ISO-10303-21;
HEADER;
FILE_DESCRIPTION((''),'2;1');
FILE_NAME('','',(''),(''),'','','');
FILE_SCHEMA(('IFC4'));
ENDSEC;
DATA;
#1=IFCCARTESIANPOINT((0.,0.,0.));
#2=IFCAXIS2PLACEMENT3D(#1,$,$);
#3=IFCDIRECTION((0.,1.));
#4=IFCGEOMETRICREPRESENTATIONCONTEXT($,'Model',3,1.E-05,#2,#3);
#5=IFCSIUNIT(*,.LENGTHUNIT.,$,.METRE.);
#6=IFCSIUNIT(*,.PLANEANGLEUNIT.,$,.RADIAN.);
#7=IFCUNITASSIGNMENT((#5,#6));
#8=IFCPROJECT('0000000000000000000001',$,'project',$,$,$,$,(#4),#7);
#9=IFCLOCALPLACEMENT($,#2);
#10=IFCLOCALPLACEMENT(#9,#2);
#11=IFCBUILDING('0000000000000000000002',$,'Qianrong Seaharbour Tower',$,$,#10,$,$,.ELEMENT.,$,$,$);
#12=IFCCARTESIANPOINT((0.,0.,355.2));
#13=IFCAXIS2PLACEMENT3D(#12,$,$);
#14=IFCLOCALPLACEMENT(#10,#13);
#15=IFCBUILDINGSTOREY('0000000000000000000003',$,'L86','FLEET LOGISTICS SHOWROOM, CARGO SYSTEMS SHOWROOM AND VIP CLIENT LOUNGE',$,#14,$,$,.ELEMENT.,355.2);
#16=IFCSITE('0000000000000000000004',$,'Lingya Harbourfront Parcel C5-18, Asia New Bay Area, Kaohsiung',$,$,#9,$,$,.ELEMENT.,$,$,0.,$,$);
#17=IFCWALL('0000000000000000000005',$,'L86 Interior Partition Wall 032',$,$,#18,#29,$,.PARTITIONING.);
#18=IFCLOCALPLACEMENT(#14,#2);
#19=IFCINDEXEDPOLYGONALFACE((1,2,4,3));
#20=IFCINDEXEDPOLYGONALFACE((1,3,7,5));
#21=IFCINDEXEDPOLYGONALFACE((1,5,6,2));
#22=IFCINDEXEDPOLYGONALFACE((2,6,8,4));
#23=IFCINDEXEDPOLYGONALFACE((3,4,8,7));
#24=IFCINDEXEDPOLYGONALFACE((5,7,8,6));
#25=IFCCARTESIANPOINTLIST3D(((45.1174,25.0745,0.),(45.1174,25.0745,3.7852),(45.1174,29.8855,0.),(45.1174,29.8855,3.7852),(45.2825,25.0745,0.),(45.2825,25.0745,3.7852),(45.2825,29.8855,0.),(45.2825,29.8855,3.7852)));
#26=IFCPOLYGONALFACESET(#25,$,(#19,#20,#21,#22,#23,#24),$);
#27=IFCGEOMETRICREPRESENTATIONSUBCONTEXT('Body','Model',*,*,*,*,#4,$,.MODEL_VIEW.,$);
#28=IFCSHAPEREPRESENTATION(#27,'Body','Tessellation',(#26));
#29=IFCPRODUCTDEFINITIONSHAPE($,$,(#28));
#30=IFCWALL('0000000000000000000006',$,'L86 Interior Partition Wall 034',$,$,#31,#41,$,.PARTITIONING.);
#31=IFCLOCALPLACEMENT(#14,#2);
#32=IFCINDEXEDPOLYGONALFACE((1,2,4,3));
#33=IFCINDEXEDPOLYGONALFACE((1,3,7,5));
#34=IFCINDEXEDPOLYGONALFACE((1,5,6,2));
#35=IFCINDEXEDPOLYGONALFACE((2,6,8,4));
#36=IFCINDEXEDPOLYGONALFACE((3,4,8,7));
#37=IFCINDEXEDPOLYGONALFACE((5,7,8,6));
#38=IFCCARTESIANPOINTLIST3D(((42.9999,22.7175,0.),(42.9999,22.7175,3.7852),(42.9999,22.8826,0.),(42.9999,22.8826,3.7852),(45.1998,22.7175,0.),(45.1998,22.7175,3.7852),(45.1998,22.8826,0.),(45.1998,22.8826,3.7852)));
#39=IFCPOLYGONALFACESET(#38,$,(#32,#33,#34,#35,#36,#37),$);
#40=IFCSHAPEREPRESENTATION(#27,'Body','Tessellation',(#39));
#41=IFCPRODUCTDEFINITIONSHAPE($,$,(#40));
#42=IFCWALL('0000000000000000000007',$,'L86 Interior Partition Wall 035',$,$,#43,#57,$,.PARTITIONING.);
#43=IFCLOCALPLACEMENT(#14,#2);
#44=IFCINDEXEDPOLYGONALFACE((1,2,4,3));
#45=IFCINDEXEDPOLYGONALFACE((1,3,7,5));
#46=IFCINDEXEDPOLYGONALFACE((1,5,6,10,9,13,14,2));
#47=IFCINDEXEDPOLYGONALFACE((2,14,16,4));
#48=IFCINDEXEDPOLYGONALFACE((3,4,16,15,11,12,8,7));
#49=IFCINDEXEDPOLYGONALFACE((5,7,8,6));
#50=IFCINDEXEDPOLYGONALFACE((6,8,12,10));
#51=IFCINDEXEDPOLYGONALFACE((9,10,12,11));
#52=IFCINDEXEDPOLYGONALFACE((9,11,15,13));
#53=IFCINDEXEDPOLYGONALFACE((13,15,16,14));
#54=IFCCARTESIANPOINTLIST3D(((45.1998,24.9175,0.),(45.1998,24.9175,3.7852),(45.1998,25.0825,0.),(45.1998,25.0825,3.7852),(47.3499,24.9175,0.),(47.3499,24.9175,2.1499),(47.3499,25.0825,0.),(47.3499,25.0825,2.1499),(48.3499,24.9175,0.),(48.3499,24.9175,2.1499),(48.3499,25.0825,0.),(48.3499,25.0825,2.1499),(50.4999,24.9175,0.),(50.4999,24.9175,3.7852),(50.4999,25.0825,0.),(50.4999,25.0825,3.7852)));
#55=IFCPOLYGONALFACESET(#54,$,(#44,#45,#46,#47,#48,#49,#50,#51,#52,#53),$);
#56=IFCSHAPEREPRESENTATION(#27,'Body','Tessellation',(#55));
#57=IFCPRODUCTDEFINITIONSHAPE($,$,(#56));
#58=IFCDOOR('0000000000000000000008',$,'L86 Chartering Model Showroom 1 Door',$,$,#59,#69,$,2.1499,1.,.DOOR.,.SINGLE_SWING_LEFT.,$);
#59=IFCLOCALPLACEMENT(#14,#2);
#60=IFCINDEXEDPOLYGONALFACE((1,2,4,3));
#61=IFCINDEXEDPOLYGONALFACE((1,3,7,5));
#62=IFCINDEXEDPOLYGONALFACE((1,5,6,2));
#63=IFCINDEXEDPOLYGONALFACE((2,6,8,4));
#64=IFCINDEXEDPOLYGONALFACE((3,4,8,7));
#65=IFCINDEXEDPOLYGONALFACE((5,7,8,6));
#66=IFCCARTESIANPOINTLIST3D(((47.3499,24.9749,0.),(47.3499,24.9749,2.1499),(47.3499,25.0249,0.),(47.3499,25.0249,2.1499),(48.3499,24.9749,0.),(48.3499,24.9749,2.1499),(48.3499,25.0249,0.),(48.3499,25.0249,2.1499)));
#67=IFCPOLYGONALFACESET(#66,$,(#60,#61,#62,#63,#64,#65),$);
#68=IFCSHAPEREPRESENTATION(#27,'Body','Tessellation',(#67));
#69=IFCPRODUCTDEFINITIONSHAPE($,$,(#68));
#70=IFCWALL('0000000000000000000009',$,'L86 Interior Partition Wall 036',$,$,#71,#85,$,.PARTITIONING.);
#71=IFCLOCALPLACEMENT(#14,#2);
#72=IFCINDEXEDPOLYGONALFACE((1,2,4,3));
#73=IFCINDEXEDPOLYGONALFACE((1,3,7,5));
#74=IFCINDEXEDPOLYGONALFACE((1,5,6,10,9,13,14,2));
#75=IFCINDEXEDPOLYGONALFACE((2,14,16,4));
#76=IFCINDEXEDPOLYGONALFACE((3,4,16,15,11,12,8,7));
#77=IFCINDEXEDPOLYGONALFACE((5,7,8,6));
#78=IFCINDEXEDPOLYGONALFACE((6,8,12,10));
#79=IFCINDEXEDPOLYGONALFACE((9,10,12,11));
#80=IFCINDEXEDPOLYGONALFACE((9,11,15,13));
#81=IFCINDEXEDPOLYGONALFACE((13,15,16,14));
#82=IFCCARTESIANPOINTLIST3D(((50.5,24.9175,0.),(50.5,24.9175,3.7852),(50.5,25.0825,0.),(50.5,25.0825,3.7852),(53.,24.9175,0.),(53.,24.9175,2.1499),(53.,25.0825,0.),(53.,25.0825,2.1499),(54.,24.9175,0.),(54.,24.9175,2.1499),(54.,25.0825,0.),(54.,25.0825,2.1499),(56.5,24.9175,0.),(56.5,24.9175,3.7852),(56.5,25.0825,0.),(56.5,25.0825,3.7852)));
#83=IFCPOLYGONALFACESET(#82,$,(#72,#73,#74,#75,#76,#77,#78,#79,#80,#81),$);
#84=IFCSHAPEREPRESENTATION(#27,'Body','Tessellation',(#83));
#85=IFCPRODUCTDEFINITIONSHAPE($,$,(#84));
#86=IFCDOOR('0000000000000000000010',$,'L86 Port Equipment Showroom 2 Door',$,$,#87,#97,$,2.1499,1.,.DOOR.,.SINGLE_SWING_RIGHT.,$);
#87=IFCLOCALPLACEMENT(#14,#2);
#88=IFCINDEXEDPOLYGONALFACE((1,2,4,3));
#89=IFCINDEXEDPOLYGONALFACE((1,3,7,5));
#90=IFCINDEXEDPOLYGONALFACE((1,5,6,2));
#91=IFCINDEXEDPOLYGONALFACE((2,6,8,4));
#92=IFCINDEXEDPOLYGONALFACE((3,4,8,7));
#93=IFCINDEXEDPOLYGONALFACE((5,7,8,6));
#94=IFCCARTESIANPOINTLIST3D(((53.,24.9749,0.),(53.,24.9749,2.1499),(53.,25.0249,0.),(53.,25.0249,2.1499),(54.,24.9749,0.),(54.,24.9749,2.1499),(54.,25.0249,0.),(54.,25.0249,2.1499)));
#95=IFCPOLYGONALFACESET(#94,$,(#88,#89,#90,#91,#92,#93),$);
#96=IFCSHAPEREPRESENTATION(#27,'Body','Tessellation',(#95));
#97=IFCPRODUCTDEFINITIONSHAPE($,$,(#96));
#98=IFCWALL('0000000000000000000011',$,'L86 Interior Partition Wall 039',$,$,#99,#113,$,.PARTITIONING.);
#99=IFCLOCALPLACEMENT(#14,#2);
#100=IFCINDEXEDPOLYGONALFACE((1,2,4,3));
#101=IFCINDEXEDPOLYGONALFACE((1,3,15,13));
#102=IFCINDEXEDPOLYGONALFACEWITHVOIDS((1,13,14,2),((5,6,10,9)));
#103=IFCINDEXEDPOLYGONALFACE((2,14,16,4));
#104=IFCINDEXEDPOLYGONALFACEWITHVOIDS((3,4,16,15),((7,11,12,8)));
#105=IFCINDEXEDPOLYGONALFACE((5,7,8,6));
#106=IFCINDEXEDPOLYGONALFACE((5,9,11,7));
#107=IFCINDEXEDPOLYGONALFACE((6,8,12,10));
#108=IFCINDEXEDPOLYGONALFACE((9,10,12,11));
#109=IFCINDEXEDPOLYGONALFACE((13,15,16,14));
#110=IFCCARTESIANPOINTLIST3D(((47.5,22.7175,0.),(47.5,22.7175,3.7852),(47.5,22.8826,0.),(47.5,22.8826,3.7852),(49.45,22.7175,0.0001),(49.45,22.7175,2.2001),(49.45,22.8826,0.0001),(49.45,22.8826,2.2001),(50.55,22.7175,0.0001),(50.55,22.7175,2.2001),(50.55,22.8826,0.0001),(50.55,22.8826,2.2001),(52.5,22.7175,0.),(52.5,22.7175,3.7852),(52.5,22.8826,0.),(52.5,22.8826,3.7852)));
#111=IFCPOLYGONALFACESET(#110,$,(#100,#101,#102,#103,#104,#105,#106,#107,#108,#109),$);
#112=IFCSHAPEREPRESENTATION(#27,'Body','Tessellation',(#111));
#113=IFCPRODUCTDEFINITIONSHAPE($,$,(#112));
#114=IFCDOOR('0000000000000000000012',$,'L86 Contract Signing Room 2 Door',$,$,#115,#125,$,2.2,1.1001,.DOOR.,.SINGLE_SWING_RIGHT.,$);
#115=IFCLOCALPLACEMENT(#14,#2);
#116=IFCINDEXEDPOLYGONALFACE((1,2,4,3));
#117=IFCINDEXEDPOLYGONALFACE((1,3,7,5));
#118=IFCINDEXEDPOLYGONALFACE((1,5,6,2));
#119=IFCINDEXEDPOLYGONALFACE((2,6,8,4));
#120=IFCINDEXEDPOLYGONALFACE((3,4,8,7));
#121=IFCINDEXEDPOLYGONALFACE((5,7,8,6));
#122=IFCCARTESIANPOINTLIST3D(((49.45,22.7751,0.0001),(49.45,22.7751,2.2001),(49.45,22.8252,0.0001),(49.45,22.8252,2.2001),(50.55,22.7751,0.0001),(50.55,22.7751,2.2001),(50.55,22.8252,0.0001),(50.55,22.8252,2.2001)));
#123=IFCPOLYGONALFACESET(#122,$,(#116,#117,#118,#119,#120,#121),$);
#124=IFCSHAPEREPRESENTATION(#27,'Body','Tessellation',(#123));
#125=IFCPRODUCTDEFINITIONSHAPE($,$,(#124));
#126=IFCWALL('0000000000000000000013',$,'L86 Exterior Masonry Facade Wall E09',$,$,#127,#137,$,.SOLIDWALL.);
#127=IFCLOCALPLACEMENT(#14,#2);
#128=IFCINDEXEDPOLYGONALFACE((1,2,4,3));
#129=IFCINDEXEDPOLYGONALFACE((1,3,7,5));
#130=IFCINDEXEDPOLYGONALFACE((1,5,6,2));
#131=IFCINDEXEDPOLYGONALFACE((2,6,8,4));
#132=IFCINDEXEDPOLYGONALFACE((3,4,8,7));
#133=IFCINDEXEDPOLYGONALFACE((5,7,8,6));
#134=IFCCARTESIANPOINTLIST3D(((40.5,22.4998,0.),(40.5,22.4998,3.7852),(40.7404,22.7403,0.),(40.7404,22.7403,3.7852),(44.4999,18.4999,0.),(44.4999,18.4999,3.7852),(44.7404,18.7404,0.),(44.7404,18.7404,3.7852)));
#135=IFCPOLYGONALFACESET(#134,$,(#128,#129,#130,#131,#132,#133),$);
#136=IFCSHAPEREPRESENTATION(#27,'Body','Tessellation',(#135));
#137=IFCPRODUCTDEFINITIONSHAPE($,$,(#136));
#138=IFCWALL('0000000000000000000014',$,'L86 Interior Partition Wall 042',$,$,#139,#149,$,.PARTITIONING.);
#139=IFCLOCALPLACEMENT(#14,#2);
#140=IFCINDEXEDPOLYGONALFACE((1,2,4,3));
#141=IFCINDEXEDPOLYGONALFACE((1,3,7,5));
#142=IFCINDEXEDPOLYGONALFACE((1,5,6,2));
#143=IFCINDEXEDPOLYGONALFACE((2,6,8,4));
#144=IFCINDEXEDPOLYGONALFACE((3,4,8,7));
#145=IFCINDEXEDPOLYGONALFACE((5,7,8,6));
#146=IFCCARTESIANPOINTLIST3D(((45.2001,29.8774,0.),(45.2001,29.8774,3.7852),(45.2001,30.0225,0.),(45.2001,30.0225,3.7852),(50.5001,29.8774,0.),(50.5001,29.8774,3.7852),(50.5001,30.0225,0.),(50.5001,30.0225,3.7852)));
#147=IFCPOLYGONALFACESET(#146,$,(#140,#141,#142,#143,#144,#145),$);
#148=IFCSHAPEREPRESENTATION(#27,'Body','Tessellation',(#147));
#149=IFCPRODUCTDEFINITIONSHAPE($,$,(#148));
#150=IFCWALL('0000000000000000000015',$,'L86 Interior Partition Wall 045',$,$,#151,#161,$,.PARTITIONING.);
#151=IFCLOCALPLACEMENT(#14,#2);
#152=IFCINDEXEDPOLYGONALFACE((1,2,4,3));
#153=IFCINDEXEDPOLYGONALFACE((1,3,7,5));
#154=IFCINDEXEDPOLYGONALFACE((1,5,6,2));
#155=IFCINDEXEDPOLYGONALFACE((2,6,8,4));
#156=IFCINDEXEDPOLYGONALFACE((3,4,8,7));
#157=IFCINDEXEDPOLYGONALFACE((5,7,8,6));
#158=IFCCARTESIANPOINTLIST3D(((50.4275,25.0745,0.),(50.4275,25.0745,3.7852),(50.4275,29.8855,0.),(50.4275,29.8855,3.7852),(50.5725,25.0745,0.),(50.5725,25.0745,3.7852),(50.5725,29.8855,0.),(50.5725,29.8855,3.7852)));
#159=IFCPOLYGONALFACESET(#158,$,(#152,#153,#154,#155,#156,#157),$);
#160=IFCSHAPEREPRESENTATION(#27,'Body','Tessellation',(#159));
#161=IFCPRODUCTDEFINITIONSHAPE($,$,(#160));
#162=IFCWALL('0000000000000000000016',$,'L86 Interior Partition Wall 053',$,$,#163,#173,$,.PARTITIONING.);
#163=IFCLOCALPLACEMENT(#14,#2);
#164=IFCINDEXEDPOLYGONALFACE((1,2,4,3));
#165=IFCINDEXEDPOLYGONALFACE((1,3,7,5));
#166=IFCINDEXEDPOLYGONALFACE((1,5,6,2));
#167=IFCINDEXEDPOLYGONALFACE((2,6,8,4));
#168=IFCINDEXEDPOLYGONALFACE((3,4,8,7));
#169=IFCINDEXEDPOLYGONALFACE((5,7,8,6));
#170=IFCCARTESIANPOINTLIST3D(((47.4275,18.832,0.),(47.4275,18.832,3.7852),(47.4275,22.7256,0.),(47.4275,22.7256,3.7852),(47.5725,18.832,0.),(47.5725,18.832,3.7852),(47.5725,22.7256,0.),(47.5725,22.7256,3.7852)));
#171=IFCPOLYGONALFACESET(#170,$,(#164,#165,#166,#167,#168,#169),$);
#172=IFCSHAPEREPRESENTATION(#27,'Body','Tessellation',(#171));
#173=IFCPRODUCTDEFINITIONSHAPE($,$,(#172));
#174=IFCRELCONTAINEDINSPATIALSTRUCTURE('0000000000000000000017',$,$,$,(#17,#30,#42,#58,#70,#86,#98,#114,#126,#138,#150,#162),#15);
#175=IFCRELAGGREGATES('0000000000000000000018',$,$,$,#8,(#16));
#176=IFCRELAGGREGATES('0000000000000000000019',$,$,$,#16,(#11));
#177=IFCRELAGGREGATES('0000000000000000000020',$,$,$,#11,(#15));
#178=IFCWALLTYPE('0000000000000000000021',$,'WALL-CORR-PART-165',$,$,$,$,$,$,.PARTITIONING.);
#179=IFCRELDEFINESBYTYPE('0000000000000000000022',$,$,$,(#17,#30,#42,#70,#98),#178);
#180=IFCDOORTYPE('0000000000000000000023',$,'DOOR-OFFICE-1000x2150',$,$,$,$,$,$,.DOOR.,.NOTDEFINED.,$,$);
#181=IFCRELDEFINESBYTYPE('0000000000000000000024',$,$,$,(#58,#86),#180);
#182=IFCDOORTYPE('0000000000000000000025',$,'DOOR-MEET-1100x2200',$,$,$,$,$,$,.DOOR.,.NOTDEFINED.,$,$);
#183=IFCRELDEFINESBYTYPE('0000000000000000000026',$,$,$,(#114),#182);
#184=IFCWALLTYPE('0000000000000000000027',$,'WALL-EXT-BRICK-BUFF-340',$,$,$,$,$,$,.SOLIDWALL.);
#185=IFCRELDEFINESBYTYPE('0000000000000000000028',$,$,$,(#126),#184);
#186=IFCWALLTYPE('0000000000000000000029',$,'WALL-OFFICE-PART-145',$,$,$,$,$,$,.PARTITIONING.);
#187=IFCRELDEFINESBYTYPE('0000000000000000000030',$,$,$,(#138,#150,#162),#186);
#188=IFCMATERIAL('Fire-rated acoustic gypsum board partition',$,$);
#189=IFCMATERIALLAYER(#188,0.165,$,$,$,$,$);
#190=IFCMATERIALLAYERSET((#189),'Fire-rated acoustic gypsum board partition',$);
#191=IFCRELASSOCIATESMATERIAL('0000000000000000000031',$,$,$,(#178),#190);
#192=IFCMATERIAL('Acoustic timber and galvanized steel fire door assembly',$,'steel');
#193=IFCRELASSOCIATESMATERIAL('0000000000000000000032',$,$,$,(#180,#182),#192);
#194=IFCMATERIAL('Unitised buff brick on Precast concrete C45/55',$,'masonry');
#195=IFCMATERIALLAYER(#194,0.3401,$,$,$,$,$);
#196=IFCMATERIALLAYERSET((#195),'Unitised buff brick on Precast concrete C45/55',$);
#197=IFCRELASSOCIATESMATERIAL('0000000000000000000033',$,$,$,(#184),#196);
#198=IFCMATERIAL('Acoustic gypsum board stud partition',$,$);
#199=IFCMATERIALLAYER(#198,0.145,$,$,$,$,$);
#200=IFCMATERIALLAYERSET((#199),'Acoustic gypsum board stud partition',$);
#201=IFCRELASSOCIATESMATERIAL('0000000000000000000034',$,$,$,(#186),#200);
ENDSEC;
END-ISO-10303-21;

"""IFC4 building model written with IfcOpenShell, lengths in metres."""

from ifc_helpers import new_model, si_unit, direction, frame, frame_2d, origin, place, context, subcontext, project, spatial, rectangle, extrude, material, layer, layer_set, type_object, element, fill, save


model = new_model("IFC4")

# Units and contexts
model_context = context("Model", 3, precision=1e-05, world=origin(), true_north=direction((0.0, 1.0)))
body_context = subcontext(model_context, "Body", "Model", "MODEL_VIEW")
ifc_project = project(units=[si_unit("LENGTHUNIT", "METRE"), si_unit("PLANEANGLEUNIT", "RADIAN")], contexts=[model_context])

# Site, building, storey
site_placement = place(None, origin())
site = spatial("IfcSite", under=ifc_project, at=site_placement, Name="Lingya Harbourfront Parcel C5-18, Asia New Bay Area, Kaohsiung", CompositionType="ELEMENT", RefElevation=0.0)
building_placement = place(site_placement, origin())
building = spatial("IfcBuilding", under=site, at=building_placement, Name="Qianrong Seaharbour Tower", CompositionType="ELEMENT")
storey_placement = place(building_placement, frame((0.0, 0.0, 355.2)))
storey = spatial("IfcBuildingStorey", under=building, at=storey_placement, Name="L86", Description="FLEET LOGISTICS SHOWROOM, CARGO SYSTEMS SHOWROOM AND VIP CLIENT LOUNGE", CompositionType="ELEMENT", Elevation=355.2)

# Walls
ifc_material_1 = material(Name="Fire-rated acoustic gypsum board partition")
ifc_layer_1 = layer(ifc_material_1, 0.165)
ifc_layer_set_1 = layer_set([ifc_layer_1], Name="Fire-rated acoustic gypsum board partition")
wall_type_1 = type_object("IfcWallType", Name="WALL-CORR-PART-165", PredefinedType="PARTITIONING", material=ifc_layer_set_1)
wall_1_placement = place(storey_placement, frame((45.2, 29.8855, 0.0), z_axis=(0.0, 0.0, 1.0), x_axis=(0.0, -1.0, 0.0)))
element("IfcWall", 1, at=wall_1_placement, inside=storey, type_object=wall_type_1, Name="L86 Interior Partition Wall 032", PredefinedType="PARTITIONING", context=body_context, shape_type="SweptSolid", body=[
    extrude(rectangle(XDim=4.811, YDim=0.165, at=frame_2d((2.4055, 0.0))), origin(), (0.0, 0.0, 1.0), 3.7852),
])
wall_2_placement = place(storey_placement, frame((45.2, 22.8, 0.0), z_axis=(0.0, 0.0, 1.0), x_axis=(-1.0, 0.0, 0.0)))
element("IfcWall", 2, at=wall_2_placement, inside=storey, type_object=wall_type_1, Name="L86 Interior Partition Wall 034", PredefinedType="PARTITIONING", context=body_context, shape_type="SweptSolid", body=[
    extrude(rectangle(XDim=2.2, YDim=0.165, at=frame_2d((1.1001, 0.0))), origin(), (0.0, 0.0, 1.0), 3.7852),
])

# Walls, openings, doors
wall_3_placement = place(storey_placement, frame((45.2, 25.0, 0.0), z_axis=(0.0, 0.0, 1.0), x_axis=(1.0, 0.0, 0.0)))
wall_3 = element("IfcWall", 3, at=wall_3_placement, inside=storey, type_object=wall_type_1, Name="L86 Interior Partition Wall 035", PredefinedType="PARTITIONING", context=body_context, shape_type="SweptSolid", body=[
    extrude(rectangle(XDim=5.3, YDim=0.165, at=frame_2d((2.6499, 0.0))), origin(), (0.0, 0.0, 1.0), 3.7852),
])
opening_1_placement = place(wall_3_placement, frame((2.1499, 0.0, 0.0)))
opening_1 = element("IfcOpeningElement", 4, at=opening_1_placement, cuts=wall_3, PredefinedType="OPENING", context=body_context, shape_type="SweptSolid", body=[
    extrude(rectangle(XDim=1.0, YDim=2.1499, at=frame_2d((0.5, 1.075))), frame((0.0, 0.0925, 0.0), z_axis=(0.0, -1.0, 0.0), x_axis=(1.0, 0.0, 0.0)), (0.0, 0.0, 1.0), 0.1851),
])
ifc_material_2 = material(Name="Acoustic timber and galvanized steel fire door assembly", Category="steel")
door_type_1 = type_object("IfcDoorType", Name="DOOR-OFFICE-1000x2150", OperationType="NOTDEFINED", PredefinedType="DOOR", material=ifc_material_2)
door_1_placement = place(opening_1_placement, origin())
door_1 = element("IfcDoor", 5, at=door_1_placement, inside=storey, type_object=door_type_1, Name="L86 Chartering Model Showroom 1 Door", OperationType="SINGLE_SWING_LEFT", OverallHeight=2.1499, OverallWidth=1.0, PredefinedType="DOOR", context=body_context, shape_type="SweptSolid", body=[
    extrude(rectangle(XDim=1.0, YDim=2.1499, at=frame_2d((0.5, 1.075))), frame((0.0, 0.0249, 0.0), z_axis=(0.0, -1.0, 0.0), x_axis=(1.0, 0.0, 0.0)), (0.0, 0.0, 1.0), 0.05),
])
fill(opening_1, door_1)
wall_4_placement = place(storey_placement, frame((50.5, 25.0, 0.0), z_axis=(0.0, 0.0, 1.0), x_axis=(1.0, 0.0, 0.0)))
wall_4 = element("IfcWall", 6, at=wall_4_placement, inside=storey, type_object=wall_type_1, Name="L86 Interior Partition Wall 036", PredefinedType="PARTITIONING", context=body_context, shape_type="SweptSolid", body=[
    extrude(rectangle(XDim=6.0, YDim=0.165, at=frame_2d((3.0, 0.0))), origin(), (0.0, 0.0, 1.0), 3.7852),
])
opening_2_placement = place(wall_4_placement, frame((2.5, 0.0, 0.0)))
opening_2 = element("IfcOpeningElement", 7, at=opening_2_placement, cuts=wall_4, PredefinedType="OPENING", context=body_context, shape_type="SweptSolid", body=[
    extrude(rectangle(XDim=1.0, YDim=2.1499, at=frame_2d((0.5, 1.075))), frame((0.0, 0.0925, 0.0), z_axis=(0.0, -1.0, 0.0), x_axis=(1.0, 0.0, 0.0)), (0.0, 0.0, 1.0), 0.1851),
])
door_2_placement = place(opening_2_placement, origin())
door_2 = element("IfcDoor", 8, at=door_2_placement, inside=storey, type_object=door_type_1, Name="L86 Port Equipment Showroom 2 Door", OperationType="SINGLE_SWING_RIGHT", OverallHeight=2.1499, OverallWidth=1.0, PredefinedType="DOOR", context=body_context, shape_type="SweptSolid", body=[
    extrude(rectangle(XDim=1.0, YDim=2.1499, at=frame_2d((0.5, 1.075))), frame((0.0, 0.0249, 0.0), z_axis=(0.0, -1.0, 0.0), x_axis=(1.0, 0.0, 0.0)), (0.0, 0.0, 1.0), 0.05),
])
fill(opening_2, door_2)
wall_5_placement = place(storey_placement, frame((52.5, 22.8, 0.0), z_axis=(0.0, 0.0, 1.0), x_axis=(-1.0, 0.0, 0.0)))
wall_5 = element("IfcWall", 9, at=wall_5_placement, inside=storey, type_object=wall_type_1, Name="L86 Interior Partition Wall 039", PredefinedType="PARTITIONING", context=body_context, shape_type="SweptSolid", body=[
    extrude(rectangle(XDim=5.0, YDim=0.165, at=frame_2d((2.5, 0.0))), origin(), (0.0, 0.0, 1.0), 3.7852),
])
opening_3_placement = place(wall_5_placement, frame((1.95, 0.0, 0.0)))
opening_3 = element("IfcOpeningElement", 10, at=opening_3_placement, cuts=wall_5, PredefinedType="OPENING", context=body_context, shape_type="SweptSolid", body=[
    extrude(rectangle(XDim=1.1001, YDim=2.2, at=frame_2d((0.55, 1.1001))), frame((0.0, 0.0925, 0.0), z_axis=(0.0, -1.0, 0.0), x_axis=(1.0, 0.0, 0.0)), (0.0, 0.0, 1.0), 0.1851),
])
door_type_2 = type_object("IfcDoorType", Name="DOOR-MEET-1100x2200", OperationType="NOTDEFINED", PredefinedType="DOOR", material=ifc_material_2)
door_3_placement = place(opening_3_placement, origin())
door_3 = element("IfcDoor", 11, at=door_3_placement, inside=storey, type_object=door_type_2, Name="L86 Contract Signing Room 2 Door", OperationType="SINGLE_SWING_RIGHT", OverallHeight=2.2, OverallWidth=1.1001, PredefinedType="DOOR", context=body_context, shape_type="SweptSolid", body=[
    extrude(rectangle(XDim=1.1001, YDim=2.2, at=frame_2d((0.55, 1.1001))), frame((0.0, 0.0249, 0.0), z_axis=(0.0, -1.0, 0.0), x_axis=(1.0, 0.0, 0.0)), (0.0, 0.0, 1.0), 0.05),
])
fill(opening_3, door_3)

# Walls
ifc_material_3 = material(Name="Unitised buff brick on Precast concrete C45/55", Category="masonry")
ifc_layer_2 = layer(ifc_material_3, 0.3401)
ifc_layer_set_2 = layer_set([ifc_layer_2], Name="Unitised buff brick on Precast concrete C45/55")
wall_type_2 = type_object("IfcWallType", Name="WALL-EXT-BRICK-BUFF-340", PredefinedType="SOLIDWALL", material=ifc_layer_set_2)
wall_6_placement = place(storey_placement, frame((44.6201, 18.6201, 0.0), z_axis=(0.0, 0.0, 1.0), x_axis=(-0.707107, 0.707107, 0.0)))
element("IfcWall", 12, at=wall_6_placement, inside=storey, type_object=wall_type_2, Name="L86 Exterior Masonry Facade Wall E09", PredefinedType="SOLIDWALL", context=body_context, shape_type="SweptSolid", body=[
    extrude(rectangle(XDim=5.6567, YDim=0.3401, at=frame_2d((2.8284, 0.0))), origin(), (0.0, 0.0, 1.0), 3.7852),
])
ifc_material_4 = material(Name="Acoustic gypsum board stud partition")
ifc_layer_3 = layer(ifc_material_4, 0.145)
ifc_layer_set_3 = layer_set([ifc_layer_3], Name="Acoustic gypsum board stud partition")
wall_type_3 = type_object("IfcWallType", Name="WALL-OFFICE-PART-145", PredefinedType="PARTITIONING", material=ifc_layer_set_3)
wall_7_placement = place(storey_placement, frame((50.5, 29.95, 0.0), z_axis=(0.0, 0.0, 1.0), x_axis=(-1.0, 0.0, 0.0)))
element("IfcWall", 13, at=wall_7_placement, inside=storey, type_object=wall_type_3, Name="L86 Interior Partition Wall 042", PredefinedType="PARTITIONING", context=body_context, shape_type="SweptSolid", body=[
    extrude(rectangle(XDim=5.3, YDim=0.145, at=frame_2d((2.6499, 0.0))), origin(), (0.0, 0.0, 1.0), 3.7852),
])
wall_8_placement = place(storey_placement, frame((50.5, 29.8855, 0.0), z_axis=(0.0, 0.0, 1.0), x_axis=(0.0, -1.0, 0.0)))
element("IfcWall", 14, at=wall_8_placement, inside=storey, type_object=wall_type_3, Name="L86 Interior Partition Wall 045", PredefinedType="PARTITIONING", context=body_context, shape_type="SweptSolid", body=[
    extrude(rectangle(XDim=4.811, YDim=0.145, at=frame_2d((2.4055, 0.0))), origin(), (0.0, 0.0, 1.0), 3.7852),
])
for number, where, z_axis, x_axis, name in (
    (15, (47.5, 22.7256, 0.0), (0.0, 0.0, 1.0), (0.0, -1.0, 0.0), "L86 Interior Partition Wall 053"),
):
    element("IfcWall", number, at=place(storey_placement, frame(where, z_axis=z_axis, x_axis=x_axis)), inside=storey, type_object=wall_type_3, Name=name, PredefinedType="PARTITIONING", context=body_context, shape_type="SweptSolid", body=[
        extrude(rectangle(XDim=3.8936, YDim=0.145, at=frame_2d((1.9468, 0.0))), origin(), (0.0, 0.0, 1.0), 3.7852),
    ])

save(model, "model.ifc")
